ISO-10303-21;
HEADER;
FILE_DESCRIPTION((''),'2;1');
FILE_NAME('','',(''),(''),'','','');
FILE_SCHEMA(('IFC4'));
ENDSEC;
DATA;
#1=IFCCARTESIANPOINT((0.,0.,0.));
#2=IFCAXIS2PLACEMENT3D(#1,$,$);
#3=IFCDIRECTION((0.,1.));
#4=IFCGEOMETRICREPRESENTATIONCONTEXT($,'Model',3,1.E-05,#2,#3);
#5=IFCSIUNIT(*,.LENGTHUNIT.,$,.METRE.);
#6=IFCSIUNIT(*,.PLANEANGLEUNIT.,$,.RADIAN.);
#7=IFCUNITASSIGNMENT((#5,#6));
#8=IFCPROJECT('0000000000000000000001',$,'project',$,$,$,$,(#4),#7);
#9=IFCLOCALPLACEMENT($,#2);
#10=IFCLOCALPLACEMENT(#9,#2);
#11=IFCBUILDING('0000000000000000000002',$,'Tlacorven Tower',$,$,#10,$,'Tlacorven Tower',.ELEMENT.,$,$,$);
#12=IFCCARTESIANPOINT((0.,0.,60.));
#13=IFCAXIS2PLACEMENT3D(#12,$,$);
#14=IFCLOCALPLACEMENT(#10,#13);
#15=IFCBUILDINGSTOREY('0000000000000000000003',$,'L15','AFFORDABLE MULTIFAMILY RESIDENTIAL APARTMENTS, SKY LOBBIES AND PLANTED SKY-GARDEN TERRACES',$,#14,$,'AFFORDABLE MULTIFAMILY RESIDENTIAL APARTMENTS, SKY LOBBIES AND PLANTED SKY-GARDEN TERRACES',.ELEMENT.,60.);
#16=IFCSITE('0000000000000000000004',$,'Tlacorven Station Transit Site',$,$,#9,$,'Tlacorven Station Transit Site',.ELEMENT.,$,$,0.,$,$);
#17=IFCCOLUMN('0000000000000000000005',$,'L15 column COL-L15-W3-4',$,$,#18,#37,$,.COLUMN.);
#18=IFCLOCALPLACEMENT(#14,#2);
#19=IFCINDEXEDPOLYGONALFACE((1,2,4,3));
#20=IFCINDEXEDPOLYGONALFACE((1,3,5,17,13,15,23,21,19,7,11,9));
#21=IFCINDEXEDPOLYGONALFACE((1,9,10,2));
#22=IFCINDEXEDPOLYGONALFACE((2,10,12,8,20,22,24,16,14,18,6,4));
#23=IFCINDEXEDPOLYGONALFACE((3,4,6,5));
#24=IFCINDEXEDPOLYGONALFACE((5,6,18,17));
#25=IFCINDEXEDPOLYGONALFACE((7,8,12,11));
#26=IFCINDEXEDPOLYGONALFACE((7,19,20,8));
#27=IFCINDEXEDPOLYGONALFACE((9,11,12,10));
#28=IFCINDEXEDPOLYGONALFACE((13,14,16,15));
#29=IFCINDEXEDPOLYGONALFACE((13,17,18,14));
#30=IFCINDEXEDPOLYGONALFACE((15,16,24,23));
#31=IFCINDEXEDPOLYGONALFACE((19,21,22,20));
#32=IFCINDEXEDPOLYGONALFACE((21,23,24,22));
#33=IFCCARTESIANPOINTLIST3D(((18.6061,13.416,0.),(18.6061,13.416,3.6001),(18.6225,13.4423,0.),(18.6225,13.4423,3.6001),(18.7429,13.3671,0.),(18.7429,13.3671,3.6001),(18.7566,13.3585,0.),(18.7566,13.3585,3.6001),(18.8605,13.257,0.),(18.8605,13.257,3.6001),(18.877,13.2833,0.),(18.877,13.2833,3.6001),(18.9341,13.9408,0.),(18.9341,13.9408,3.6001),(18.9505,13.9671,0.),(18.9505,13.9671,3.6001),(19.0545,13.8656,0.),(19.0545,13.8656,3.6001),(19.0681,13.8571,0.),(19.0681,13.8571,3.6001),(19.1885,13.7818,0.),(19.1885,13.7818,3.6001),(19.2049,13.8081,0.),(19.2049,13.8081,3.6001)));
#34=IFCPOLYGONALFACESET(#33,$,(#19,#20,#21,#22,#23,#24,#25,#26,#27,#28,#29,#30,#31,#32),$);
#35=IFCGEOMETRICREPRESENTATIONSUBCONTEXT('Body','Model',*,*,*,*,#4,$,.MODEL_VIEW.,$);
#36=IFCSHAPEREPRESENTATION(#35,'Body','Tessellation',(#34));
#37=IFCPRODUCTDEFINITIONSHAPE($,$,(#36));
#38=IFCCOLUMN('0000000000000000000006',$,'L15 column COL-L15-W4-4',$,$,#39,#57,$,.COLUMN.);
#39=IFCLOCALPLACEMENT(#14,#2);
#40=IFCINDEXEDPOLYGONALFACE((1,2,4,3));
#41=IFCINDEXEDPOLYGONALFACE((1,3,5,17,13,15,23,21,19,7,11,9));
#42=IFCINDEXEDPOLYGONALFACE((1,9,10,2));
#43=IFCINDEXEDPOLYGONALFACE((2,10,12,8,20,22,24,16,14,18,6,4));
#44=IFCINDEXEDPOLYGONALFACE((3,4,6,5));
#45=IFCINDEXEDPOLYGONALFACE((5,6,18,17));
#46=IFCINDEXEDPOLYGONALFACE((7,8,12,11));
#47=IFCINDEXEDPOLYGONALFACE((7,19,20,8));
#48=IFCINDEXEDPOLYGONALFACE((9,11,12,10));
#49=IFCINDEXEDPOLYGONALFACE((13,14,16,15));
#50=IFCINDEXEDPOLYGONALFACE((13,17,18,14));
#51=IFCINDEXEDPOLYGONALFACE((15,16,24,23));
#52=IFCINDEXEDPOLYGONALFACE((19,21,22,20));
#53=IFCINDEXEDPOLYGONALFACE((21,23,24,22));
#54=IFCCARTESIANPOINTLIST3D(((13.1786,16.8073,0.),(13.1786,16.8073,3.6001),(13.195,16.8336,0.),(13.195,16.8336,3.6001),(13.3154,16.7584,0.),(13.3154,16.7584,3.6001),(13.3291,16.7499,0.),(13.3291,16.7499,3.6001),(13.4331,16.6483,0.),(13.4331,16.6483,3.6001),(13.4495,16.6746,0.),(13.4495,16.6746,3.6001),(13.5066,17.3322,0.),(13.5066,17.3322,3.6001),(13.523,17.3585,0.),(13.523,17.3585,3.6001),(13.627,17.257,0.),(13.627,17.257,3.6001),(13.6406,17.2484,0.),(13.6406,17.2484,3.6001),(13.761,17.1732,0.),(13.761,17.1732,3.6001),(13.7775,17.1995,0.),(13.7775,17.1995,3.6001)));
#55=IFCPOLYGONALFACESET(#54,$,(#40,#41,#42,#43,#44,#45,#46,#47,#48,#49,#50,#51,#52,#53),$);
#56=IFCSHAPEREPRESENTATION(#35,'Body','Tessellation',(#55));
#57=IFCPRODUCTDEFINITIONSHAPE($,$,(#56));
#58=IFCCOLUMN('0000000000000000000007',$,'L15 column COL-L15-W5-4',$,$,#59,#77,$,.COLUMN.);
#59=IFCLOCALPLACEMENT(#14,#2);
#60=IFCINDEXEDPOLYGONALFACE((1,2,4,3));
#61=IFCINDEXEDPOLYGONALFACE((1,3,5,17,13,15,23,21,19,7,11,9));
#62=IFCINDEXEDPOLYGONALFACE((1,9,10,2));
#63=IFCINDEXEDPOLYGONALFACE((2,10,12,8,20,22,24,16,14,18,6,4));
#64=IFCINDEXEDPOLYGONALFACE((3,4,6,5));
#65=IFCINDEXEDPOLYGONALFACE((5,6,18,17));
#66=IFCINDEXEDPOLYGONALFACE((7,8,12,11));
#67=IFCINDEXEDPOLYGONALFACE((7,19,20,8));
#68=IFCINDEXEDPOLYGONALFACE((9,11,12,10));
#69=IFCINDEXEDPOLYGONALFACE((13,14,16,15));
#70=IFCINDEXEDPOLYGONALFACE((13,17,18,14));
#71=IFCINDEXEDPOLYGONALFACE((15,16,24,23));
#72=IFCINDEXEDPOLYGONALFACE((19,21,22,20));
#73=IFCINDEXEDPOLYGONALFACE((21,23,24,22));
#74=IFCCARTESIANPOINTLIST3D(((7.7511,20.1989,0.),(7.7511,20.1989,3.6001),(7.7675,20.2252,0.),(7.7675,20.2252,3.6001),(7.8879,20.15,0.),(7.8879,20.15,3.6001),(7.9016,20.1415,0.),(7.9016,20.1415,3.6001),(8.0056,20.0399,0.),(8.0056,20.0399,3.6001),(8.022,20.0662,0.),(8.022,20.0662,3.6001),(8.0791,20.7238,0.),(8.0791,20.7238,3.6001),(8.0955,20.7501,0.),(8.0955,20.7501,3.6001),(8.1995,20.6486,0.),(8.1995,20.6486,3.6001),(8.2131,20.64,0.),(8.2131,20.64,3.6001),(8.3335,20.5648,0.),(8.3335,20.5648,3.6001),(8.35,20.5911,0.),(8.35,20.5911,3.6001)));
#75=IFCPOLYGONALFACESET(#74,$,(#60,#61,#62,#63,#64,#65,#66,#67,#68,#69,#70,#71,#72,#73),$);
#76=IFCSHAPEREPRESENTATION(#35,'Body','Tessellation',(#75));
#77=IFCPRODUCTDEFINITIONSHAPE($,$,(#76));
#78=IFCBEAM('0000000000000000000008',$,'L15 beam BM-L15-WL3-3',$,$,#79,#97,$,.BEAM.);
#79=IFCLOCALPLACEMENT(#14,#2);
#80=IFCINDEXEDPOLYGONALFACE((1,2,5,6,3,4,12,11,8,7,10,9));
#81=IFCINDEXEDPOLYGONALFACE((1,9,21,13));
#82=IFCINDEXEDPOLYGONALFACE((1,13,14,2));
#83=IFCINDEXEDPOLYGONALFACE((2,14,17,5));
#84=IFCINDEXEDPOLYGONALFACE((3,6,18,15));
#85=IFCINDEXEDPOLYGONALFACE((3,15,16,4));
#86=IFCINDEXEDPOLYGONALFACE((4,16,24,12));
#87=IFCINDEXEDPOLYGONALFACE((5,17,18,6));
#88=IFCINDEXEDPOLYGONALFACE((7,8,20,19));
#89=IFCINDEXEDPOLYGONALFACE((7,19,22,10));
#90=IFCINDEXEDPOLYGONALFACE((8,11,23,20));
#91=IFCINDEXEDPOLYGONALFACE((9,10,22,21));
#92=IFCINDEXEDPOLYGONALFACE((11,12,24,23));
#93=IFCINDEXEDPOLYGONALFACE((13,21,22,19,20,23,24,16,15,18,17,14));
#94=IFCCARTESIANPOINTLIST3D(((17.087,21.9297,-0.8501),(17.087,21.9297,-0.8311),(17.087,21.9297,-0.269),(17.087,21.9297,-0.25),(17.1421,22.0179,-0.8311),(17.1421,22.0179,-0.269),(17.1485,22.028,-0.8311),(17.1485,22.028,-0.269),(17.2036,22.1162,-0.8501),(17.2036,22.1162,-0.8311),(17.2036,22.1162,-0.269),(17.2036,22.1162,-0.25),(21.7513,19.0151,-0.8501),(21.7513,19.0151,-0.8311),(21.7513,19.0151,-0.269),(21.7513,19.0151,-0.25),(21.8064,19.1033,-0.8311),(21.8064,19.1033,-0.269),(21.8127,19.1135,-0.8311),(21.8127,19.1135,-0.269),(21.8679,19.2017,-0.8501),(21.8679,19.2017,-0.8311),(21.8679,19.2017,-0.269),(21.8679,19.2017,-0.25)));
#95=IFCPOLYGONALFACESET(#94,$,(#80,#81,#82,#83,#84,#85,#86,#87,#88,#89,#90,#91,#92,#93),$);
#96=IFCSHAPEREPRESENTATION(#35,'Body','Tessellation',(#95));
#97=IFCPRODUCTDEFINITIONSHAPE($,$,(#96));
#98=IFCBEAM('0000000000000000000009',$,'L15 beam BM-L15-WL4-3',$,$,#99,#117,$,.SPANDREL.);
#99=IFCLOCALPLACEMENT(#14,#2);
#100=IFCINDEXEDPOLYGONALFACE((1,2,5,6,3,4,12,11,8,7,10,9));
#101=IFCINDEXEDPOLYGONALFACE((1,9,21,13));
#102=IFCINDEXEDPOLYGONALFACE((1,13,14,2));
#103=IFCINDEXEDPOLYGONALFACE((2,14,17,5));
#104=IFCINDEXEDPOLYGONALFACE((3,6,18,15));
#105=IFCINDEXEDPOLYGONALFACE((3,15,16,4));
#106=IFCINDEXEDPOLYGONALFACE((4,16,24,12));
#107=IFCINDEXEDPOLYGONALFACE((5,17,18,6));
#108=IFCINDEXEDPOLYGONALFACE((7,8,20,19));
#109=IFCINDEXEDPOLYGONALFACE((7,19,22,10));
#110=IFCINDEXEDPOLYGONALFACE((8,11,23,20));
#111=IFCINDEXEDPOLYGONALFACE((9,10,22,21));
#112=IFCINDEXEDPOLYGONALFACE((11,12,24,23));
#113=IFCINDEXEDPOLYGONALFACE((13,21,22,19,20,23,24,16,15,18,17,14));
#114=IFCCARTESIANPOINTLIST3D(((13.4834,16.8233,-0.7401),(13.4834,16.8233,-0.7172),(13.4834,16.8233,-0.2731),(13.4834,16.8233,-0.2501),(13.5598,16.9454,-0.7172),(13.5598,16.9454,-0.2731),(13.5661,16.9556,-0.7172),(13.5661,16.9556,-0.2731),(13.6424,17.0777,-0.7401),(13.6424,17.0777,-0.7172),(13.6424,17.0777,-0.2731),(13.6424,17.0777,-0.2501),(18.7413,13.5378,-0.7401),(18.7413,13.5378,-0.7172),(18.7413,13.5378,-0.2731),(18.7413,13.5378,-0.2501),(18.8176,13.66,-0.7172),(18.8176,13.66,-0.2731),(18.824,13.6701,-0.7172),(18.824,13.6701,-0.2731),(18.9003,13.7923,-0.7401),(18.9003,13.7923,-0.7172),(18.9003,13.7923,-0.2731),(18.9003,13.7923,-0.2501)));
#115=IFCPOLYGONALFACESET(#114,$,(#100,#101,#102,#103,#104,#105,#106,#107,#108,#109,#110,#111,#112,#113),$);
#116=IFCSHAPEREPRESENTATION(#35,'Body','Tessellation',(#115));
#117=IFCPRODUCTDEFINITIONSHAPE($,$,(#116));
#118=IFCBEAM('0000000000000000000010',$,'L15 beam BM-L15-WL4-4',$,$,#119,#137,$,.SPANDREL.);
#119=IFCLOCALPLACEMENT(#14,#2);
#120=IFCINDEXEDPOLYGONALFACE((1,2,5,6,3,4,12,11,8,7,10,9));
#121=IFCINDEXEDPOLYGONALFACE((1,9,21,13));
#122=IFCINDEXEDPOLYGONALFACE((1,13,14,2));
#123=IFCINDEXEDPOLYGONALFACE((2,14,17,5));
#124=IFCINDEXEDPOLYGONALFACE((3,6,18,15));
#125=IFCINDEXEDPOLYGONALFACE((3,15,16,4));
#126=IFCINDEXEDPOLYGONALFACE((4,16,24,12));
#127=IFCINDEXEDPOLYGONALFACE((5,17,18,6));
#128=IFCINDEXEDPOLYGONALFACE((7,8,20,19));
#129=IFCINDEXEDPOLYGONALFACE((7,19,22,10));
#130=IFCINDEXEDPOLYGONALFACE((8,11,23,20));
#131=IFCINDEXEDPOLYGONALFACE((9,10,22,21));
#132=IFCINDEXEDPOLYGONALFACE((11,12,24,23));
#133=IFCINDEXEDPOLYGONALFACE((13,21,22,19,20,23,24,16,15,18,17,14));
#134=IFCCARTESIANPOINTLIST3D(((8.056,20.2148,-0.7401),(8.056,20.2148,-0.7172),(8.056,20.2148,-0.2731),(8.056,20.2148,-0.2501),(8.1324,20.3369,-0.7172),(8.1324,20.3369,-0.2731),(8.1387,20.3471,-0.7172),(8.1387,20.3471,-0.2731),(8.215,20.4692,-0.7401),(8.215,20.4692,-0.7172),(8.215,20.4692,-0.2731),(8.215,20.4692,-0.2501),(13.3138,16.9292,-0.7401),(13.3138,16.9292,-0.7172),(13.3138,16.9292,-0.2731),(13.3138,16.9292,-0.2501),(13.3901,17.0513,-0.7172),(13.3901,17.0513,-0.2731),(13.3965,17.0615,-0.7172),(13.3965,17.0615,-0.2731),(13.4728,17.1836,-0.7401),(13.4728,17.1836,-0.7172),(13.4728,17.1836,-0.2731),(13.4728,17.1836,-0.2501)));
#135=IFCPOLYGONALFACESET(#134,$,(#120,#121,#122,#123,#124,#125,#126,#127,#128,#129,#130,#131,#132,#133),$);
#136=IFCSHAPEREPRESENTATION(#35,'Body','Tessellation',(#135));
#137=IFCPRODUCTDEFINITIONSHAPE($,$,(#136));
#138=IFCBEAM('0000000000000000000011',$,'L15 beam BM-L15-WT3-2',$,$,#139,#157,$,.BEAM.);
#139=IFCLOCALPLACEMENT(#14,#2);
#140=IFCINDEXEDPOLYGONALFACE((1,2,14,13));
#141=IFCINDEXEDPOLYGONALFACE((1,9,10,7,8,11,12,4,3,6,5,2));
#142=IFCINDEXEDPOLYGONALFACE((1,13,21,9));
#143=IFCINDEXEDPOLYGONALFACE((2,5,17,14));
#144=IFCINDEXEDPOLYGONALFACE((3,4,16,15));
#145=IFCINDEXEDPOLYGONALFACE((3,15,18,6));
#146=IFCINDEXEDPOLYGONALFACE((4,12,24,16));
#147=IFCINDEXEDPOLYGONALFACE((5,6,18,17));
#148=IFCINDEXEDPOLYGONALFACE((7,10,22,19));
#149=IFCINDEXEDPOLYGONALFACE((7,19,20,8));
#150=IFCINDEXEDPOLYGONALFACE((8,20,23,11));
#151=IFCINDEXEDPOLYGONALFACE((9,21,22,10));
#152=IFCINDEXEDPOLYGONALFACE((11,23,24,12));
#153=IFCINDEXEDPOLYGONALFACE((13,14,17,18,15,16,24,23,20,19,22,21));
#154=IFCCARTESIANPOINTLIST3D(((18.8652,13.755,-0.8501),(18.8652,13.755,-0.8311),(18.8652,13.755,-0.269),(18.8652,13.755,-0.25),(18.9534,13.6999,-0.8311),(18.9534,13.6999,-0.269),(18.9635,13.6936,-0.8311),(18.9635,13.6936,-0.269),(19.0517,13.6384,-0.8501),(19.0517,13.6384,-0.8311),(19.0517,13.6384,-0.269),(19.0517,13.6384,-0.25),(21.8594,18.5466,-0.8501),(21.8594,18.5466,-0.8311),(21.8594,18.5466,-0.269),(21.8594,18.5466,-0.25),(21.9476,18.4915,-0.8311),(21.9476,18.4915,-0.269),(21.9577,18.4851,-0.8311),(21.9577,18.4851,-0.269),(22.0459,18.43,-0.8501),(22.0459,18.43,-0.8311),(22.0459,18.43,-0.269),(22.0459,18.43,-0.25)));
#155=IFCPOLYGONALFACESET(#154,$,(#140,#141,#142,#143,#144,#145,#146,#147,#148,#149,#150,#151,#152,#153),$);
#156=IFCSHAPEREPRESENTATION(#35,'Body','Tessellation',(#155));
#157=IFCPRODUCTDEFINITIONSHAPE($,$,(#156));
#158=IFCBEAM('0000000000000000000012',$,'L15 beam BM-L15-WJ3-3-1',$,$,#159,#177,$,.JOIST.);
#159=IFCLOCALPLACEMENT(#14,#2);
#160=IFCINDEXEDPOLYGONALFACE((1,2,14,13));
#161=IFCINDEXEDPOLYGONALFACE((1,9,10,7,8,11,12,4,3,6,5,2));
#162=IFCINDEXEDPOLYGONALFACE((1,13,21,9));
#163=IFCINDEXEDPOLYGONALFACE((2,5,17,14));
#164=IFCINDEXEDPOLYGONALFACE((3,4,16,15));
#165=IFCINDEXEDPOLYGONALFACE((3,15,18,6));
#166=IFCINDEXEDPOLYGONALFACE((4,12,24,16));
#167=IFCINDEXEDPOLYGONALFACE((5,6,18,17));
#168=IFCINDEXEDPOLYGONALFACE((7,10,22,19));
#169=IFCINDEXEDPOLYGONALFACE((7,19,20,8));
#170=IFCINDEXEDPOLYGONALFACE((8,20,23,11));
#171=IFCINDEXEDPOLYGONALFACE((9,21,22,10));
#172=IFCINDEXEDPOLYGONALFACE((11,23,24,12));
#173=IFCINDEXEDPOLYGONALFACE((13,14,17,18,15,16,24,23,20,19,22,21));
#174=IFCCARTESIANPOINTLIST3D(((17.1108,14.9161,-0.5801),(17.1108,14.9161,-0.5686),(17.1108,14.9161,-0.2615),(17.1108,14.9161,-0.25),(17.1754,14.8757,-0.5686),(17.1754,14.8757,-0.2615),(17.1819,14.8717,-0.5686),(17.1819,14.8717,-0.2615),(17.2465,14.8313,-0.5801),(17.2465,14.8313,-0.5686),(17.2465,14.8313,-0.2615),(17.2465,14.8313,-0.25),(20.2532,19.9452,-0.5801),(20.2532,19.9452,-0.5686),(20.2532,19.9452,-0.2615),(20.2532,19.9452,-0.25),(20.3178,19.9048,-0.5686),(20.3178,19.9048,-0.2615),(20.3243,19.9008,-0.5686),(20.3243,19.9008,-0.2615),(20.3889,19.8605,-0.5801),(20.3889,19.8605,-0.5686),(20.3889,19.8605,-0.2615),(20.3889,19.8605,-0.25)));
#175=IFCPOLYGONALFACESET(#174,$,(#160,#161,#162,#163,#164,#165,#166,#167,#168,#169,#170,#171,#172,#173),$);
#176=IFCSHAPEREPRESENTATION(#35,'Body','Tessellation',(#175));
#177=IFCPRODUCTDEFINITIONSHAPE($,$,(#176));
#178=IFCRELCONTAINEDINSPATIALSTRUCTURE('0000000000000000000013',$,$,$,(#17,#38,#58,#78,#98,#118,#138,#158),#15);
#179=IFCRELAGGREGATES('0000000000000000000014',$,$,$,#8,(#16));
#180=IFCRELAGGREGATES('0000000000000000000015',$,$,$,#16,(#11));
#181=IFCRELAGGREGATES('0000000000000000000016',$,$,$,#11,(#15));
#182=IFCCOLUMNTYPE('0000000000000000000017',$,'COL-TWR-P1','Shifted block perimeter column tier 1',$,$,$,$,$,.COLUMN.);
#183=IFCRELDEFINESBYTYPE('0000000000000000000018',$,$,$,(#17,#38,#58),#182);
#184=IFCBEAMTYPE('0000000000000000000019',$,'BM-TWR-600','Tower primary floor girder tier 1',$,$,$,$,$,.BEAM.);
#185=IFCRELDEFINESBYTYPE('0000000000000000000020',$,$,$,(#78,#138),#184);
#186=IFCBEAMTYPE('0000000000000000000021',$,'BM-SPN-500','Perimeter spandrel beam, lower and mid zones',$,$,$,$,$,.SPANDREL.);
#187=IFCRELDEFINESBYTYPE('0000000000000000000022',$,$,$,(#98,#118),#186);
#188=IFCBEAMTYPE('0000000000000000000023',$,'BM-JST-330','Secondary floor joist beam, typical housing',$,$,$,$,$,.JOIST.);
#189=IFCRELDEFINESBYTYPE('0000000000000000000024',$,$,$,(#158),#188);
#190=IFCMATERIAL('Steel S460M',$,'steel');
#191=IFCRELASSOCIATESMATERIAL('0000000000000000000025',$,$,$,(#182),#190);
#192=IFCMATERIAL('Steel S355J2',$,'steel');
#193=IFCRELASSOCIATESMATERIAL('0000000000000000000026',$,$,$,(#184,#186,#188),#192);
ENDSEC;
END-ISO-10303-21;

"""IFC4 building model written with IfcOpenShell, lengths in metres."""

from ifc_helpers import new_model, si_unit, direction, frame, origin, origin_2d, place, context, subcontext, project, spatial, i_section, extrude, source, transform, mapped, material, material_profile, profile_set, type_object, element, save


model = new_model("IFC4")

# Units and contexts
model_context = context("Model", 3, precision=1e-05, world=origin(), true_north=direction((0.0, 1.0)))
body_context = subcontext(model_context, "Body", "Model", "MODEL_VIEW")
ifc_project = project(units=[si_unit("LENGTHUNIT", "METRE"), si_unit("PLANEANGLEUNIT", "RADIAN")], contexts=[model_context])

# Site, building, storey
site_placement = place(None, origin())
site = spatial("IfcSite", under=ifc_project, at=site_placement, Name="Tlacorven Station Transit Site", LongName="Tlacorven Station Transit Site", CompositionType="ELEMENT", RefElevation=0.0)
building_placement = place(site_placement, origin())
building = spatial("IfcBuilding", under=site, at=building_placement, Name="Tlacorven Tower", LongName="Tlacorven Tower", CompositionType="ELEMENT")
storey_placement = place(building_placement, frame((0.0, 0.0, 60.0)))
storey = spatial("IfcBuildingStorey", under=building, at=storey_placement, Name="L15", Description="AFFORDABLE MULTIFAMILY RESIDENTIAL APARTMENTS, SKY LOBBIES AND PLANTED SKY-GARDEN TERRACES", LongName="AFFORDABLE MULTIFAMILY RESIDENTIAL APARTMENTS, SKY LOBBIES AND PLANTED SKY-GARDEN TERRACES", CompositionType="ELEMENT", Elevation=60.0)

# Columns
ifc_material_1 = material(Name="Steel S460M", Category="steel")
ifc_material_profile_1 = material_profile(ifc_material_1, i_section(OverallWidth=0.3, OverallDepth=0.6499, WebThickness=0.0161, FlangeThickness=0.031, at=origin_2d()), Name="HEB 650")
ifc_profile_set_1 = profile_set([ifc_material_profile_1], Name="Steel S460M")
column_type = type_object("IfcColumnType", Name="COL-TWR-P1", Description="Shifted block perimeter column tier 1", PredefinedType="COLUMN", material=ifc_profile_set_1)
shared_shape_1 = source(origin(), body_context, "Body", "SweptSolid", [
    extrude(i_section(OverallWidth=0.3, OverallDepth=0.6499, WebThickness=0.0161, FlangeThickness=0.031, at=origin_2d()), origin(), (0.0, 0.0, 1.0), 3.6001),
])
for number, where, z_axis, x_axis, name in (
    (1, (18.9055, 13.6121, 0.0), (0.0, 0.0, 1.0), (-0.848048, 0.529919, 0.0), "L15 column COL-L15-W3-4"),
    (2, (13.478, 17.0034, 0.0), (0.0, 0.0, 1.0), (-0.848048, 0.529919, 0.0), "L15 column COL-L15-W4-4"),
    (3, (8.0505, 20.395, 0.0), (0.0, 0.0, 1.0), (-0.848048, 0.529919, 0.0), "L15 column COL-L15-W5-4"),
):
    element("IfcColumn", number, at=place(storey_placement, frame(where, z_axis=z_axis, x_axis=x_axis)), inside=storey, type_object=column_type, Name=name, PredefinedType="COLUMN", context=body_context, shape_type="MappedRepresentation", body=[
        mapped(shared_shape_1, transform((0.0, 0.0, 0.0), scale=1.0)),
    ])

# Beams
ifc_material_2 = material(Name="Steel S355J2", Category="steel")
ifc_material_profile_2 = material_profile(ifc_material_2, i_section(OverallWidth=0.22, OverallDepth=0.6001, WebThickness=0.012, FlangeThickness=0.019, at=origin_2d()), Name="IPE 600")
ifc_profile_set_2 = profile_set([ifc_material_profile_2], Name="Steel S355J2")
beam_type_1 = type_object("IfcBeamType", Name="BM-TWR-600", Description="Tower primary floor girder tier 1", PredefinedType="BEAM", material=ifc_profile_set_2)
shared_shape_2 = source(origin(), body_context, "Body", "SweptSolid", [
    extrude(i_section(OverallWidth=0.22, OverallDepth=0.6001, WebThickness=0.012, FlangeThickness=0.019, at=origin_2d()), origin(), (0.0, 0.0, 1.0), 5.5),
])
beam_1_placement = place(storey_placement, frame((21.8096, 19.1084, -0.55), z_axis=(-0.848051, 0.529915, 0.0), x_axis=(-0.529915, -0.848051, 0.0)))
element("IfcBeam", 4, at=beam_1_placement, inside=storey, type_object=beam_type_1, Name="L15 beam BM-L15-WL3-3", PredefinedType="BEAM", context=body_context, shape_type="MappedRepresentation", body=[
    mapped(shared_shape_2, transform((0.0, 0.0, 0.0), scale=1.0)),
])
ifc_material_profile_3 = material_profile(ifc_material_2, i_section(OverallWidth=0.3, OverallDepth=0.49, WebThickness=0.012, FlangeThickness=0.0229, at=origin_2d()), Name="HEA 500")
ifc_profile_set_3 = profile_set([ifc_material_profile_3], Name="Steel S355J2")
beam_type_2 = type_object("IfcBeamType", Name="BM-SPN-500", Description="Perimeter spandrel beam, lower and mid zones", PredefinedType="SPANDREL", material=ifc_profile_set_3)
shared_shape_3 = source(origin(), body_context, "Body", "SweptSolid", [
    extrude(i_section(OverallWidth=0.3, OverallDepth=0.49, WebThickness=0.012, FlangeThickness=0.0229, at=origin_2d()), origin(), (0.0, 0.0, 1.0), 6.2),
])
for number, where, z_axis, x_axis, name in (
    (5, (18.8208, 13.665, -0.4951), (-0.848051, 0.529914, 0.0), (-0.529914, -0.848051, 0.0), "L15 beam BM-L15-WL4-3"),
    (6, (13.3933, 17.0564, -0.4951), (-0.848034, 0.529942, 0.0), (-0.529942, -0.848034, 0.0), "L15 beam BM-L15-WL4-4"),
):
    element("IfcBeam", number, at=place(storey_placement, frame(where, z_axis=z_axis, x_axis=x_axis)), inside=storey, type_object=beam_type_2, Name=name, PredefinedType="SPANDREL", context=body_context, shape_type="MappedRepresentation", body=[
        mapped(shared_shape_3, transform((0.0, 0.0, 0.0), scale=1.0)),
    ])
shared_shape_4 = source(origin(), body_context, "Body", "SweptSolid", [
    extrude(i_section(OverallWidth=0.22, OverallDepth=0.6001, WebThickness=0.012, FlangeThickness=0.019, at=origin_2d()), origin(), (0.0, 0.0, 1.0), 5.6501),
])
beam_2_placement = place(storey_placement, frame((21.9526, 18.4883, -0.55), z_axis=(-0.529929, -0.848042, 0.0), x_axis=(0.848042, -0.529929, 0.0)))
element("IfcBeam", 7, at=beam_2_placement, inside=storey, type_object=beam_type_1, Name="L15 beam BM-L15-WT3-2", PredefinedType="BEAM", context=body_context, shape_type="MappedRepresentation", body=[
    mapped(shared_shape_4, transform((0.0, 0.0, 0.0), scale=1.0)),
])
ifc_material_profile_4 = material_profile(ifc_material_2, i_section(OverallWidth=0.1599, OverallDepth=0.3301, WebThickness=0.0076, FlangeThickness=0.0115, at=origin_2d()), Name="IPE 330")
ifc_profile_set_4 = profile_set([ifc_material_profile_4], Name="Steel S355J2")
beam_type_3 = type_object("IfcBeamType", Name="BM-JST-330", Description="Secondary floor joist beam, typical housing", PredefinedType="JOIST", material=ifc_profile_set_4)
shared_shape_5 = source(origin(), body_context, "Body", "SweptSolid", [
    extrude(i_section(OverallWidth=0.1599, OverallDepth=0.3301, WebThickness=0.0076, FlangeThickness=0.0115, at=origin_2d()), origin(), (0.0, 0.0, 1.0), 5.9302),
])
beam_3_placement = place(storey_placement, frame((20.321, 19.9028, -0.415), z_axis=(-0.529899, -0.848061, 0.0), x_axis=(0.848061, -0.529899, 0.0)))
element("IfcBeam", 8, at=beam_3_placement, inside=storey, type_object=beam_type_3, Name="L15 beam BM-L15-WJ3-3-1", PredefinedType="JOIST", context=body_context, shape_type="MappedRepresentation", body=[
    mapped(shared_shape_5, transform((0.0, 0.0, 0.0), scale=1.0)),
])

save(model, "model.ifc")
